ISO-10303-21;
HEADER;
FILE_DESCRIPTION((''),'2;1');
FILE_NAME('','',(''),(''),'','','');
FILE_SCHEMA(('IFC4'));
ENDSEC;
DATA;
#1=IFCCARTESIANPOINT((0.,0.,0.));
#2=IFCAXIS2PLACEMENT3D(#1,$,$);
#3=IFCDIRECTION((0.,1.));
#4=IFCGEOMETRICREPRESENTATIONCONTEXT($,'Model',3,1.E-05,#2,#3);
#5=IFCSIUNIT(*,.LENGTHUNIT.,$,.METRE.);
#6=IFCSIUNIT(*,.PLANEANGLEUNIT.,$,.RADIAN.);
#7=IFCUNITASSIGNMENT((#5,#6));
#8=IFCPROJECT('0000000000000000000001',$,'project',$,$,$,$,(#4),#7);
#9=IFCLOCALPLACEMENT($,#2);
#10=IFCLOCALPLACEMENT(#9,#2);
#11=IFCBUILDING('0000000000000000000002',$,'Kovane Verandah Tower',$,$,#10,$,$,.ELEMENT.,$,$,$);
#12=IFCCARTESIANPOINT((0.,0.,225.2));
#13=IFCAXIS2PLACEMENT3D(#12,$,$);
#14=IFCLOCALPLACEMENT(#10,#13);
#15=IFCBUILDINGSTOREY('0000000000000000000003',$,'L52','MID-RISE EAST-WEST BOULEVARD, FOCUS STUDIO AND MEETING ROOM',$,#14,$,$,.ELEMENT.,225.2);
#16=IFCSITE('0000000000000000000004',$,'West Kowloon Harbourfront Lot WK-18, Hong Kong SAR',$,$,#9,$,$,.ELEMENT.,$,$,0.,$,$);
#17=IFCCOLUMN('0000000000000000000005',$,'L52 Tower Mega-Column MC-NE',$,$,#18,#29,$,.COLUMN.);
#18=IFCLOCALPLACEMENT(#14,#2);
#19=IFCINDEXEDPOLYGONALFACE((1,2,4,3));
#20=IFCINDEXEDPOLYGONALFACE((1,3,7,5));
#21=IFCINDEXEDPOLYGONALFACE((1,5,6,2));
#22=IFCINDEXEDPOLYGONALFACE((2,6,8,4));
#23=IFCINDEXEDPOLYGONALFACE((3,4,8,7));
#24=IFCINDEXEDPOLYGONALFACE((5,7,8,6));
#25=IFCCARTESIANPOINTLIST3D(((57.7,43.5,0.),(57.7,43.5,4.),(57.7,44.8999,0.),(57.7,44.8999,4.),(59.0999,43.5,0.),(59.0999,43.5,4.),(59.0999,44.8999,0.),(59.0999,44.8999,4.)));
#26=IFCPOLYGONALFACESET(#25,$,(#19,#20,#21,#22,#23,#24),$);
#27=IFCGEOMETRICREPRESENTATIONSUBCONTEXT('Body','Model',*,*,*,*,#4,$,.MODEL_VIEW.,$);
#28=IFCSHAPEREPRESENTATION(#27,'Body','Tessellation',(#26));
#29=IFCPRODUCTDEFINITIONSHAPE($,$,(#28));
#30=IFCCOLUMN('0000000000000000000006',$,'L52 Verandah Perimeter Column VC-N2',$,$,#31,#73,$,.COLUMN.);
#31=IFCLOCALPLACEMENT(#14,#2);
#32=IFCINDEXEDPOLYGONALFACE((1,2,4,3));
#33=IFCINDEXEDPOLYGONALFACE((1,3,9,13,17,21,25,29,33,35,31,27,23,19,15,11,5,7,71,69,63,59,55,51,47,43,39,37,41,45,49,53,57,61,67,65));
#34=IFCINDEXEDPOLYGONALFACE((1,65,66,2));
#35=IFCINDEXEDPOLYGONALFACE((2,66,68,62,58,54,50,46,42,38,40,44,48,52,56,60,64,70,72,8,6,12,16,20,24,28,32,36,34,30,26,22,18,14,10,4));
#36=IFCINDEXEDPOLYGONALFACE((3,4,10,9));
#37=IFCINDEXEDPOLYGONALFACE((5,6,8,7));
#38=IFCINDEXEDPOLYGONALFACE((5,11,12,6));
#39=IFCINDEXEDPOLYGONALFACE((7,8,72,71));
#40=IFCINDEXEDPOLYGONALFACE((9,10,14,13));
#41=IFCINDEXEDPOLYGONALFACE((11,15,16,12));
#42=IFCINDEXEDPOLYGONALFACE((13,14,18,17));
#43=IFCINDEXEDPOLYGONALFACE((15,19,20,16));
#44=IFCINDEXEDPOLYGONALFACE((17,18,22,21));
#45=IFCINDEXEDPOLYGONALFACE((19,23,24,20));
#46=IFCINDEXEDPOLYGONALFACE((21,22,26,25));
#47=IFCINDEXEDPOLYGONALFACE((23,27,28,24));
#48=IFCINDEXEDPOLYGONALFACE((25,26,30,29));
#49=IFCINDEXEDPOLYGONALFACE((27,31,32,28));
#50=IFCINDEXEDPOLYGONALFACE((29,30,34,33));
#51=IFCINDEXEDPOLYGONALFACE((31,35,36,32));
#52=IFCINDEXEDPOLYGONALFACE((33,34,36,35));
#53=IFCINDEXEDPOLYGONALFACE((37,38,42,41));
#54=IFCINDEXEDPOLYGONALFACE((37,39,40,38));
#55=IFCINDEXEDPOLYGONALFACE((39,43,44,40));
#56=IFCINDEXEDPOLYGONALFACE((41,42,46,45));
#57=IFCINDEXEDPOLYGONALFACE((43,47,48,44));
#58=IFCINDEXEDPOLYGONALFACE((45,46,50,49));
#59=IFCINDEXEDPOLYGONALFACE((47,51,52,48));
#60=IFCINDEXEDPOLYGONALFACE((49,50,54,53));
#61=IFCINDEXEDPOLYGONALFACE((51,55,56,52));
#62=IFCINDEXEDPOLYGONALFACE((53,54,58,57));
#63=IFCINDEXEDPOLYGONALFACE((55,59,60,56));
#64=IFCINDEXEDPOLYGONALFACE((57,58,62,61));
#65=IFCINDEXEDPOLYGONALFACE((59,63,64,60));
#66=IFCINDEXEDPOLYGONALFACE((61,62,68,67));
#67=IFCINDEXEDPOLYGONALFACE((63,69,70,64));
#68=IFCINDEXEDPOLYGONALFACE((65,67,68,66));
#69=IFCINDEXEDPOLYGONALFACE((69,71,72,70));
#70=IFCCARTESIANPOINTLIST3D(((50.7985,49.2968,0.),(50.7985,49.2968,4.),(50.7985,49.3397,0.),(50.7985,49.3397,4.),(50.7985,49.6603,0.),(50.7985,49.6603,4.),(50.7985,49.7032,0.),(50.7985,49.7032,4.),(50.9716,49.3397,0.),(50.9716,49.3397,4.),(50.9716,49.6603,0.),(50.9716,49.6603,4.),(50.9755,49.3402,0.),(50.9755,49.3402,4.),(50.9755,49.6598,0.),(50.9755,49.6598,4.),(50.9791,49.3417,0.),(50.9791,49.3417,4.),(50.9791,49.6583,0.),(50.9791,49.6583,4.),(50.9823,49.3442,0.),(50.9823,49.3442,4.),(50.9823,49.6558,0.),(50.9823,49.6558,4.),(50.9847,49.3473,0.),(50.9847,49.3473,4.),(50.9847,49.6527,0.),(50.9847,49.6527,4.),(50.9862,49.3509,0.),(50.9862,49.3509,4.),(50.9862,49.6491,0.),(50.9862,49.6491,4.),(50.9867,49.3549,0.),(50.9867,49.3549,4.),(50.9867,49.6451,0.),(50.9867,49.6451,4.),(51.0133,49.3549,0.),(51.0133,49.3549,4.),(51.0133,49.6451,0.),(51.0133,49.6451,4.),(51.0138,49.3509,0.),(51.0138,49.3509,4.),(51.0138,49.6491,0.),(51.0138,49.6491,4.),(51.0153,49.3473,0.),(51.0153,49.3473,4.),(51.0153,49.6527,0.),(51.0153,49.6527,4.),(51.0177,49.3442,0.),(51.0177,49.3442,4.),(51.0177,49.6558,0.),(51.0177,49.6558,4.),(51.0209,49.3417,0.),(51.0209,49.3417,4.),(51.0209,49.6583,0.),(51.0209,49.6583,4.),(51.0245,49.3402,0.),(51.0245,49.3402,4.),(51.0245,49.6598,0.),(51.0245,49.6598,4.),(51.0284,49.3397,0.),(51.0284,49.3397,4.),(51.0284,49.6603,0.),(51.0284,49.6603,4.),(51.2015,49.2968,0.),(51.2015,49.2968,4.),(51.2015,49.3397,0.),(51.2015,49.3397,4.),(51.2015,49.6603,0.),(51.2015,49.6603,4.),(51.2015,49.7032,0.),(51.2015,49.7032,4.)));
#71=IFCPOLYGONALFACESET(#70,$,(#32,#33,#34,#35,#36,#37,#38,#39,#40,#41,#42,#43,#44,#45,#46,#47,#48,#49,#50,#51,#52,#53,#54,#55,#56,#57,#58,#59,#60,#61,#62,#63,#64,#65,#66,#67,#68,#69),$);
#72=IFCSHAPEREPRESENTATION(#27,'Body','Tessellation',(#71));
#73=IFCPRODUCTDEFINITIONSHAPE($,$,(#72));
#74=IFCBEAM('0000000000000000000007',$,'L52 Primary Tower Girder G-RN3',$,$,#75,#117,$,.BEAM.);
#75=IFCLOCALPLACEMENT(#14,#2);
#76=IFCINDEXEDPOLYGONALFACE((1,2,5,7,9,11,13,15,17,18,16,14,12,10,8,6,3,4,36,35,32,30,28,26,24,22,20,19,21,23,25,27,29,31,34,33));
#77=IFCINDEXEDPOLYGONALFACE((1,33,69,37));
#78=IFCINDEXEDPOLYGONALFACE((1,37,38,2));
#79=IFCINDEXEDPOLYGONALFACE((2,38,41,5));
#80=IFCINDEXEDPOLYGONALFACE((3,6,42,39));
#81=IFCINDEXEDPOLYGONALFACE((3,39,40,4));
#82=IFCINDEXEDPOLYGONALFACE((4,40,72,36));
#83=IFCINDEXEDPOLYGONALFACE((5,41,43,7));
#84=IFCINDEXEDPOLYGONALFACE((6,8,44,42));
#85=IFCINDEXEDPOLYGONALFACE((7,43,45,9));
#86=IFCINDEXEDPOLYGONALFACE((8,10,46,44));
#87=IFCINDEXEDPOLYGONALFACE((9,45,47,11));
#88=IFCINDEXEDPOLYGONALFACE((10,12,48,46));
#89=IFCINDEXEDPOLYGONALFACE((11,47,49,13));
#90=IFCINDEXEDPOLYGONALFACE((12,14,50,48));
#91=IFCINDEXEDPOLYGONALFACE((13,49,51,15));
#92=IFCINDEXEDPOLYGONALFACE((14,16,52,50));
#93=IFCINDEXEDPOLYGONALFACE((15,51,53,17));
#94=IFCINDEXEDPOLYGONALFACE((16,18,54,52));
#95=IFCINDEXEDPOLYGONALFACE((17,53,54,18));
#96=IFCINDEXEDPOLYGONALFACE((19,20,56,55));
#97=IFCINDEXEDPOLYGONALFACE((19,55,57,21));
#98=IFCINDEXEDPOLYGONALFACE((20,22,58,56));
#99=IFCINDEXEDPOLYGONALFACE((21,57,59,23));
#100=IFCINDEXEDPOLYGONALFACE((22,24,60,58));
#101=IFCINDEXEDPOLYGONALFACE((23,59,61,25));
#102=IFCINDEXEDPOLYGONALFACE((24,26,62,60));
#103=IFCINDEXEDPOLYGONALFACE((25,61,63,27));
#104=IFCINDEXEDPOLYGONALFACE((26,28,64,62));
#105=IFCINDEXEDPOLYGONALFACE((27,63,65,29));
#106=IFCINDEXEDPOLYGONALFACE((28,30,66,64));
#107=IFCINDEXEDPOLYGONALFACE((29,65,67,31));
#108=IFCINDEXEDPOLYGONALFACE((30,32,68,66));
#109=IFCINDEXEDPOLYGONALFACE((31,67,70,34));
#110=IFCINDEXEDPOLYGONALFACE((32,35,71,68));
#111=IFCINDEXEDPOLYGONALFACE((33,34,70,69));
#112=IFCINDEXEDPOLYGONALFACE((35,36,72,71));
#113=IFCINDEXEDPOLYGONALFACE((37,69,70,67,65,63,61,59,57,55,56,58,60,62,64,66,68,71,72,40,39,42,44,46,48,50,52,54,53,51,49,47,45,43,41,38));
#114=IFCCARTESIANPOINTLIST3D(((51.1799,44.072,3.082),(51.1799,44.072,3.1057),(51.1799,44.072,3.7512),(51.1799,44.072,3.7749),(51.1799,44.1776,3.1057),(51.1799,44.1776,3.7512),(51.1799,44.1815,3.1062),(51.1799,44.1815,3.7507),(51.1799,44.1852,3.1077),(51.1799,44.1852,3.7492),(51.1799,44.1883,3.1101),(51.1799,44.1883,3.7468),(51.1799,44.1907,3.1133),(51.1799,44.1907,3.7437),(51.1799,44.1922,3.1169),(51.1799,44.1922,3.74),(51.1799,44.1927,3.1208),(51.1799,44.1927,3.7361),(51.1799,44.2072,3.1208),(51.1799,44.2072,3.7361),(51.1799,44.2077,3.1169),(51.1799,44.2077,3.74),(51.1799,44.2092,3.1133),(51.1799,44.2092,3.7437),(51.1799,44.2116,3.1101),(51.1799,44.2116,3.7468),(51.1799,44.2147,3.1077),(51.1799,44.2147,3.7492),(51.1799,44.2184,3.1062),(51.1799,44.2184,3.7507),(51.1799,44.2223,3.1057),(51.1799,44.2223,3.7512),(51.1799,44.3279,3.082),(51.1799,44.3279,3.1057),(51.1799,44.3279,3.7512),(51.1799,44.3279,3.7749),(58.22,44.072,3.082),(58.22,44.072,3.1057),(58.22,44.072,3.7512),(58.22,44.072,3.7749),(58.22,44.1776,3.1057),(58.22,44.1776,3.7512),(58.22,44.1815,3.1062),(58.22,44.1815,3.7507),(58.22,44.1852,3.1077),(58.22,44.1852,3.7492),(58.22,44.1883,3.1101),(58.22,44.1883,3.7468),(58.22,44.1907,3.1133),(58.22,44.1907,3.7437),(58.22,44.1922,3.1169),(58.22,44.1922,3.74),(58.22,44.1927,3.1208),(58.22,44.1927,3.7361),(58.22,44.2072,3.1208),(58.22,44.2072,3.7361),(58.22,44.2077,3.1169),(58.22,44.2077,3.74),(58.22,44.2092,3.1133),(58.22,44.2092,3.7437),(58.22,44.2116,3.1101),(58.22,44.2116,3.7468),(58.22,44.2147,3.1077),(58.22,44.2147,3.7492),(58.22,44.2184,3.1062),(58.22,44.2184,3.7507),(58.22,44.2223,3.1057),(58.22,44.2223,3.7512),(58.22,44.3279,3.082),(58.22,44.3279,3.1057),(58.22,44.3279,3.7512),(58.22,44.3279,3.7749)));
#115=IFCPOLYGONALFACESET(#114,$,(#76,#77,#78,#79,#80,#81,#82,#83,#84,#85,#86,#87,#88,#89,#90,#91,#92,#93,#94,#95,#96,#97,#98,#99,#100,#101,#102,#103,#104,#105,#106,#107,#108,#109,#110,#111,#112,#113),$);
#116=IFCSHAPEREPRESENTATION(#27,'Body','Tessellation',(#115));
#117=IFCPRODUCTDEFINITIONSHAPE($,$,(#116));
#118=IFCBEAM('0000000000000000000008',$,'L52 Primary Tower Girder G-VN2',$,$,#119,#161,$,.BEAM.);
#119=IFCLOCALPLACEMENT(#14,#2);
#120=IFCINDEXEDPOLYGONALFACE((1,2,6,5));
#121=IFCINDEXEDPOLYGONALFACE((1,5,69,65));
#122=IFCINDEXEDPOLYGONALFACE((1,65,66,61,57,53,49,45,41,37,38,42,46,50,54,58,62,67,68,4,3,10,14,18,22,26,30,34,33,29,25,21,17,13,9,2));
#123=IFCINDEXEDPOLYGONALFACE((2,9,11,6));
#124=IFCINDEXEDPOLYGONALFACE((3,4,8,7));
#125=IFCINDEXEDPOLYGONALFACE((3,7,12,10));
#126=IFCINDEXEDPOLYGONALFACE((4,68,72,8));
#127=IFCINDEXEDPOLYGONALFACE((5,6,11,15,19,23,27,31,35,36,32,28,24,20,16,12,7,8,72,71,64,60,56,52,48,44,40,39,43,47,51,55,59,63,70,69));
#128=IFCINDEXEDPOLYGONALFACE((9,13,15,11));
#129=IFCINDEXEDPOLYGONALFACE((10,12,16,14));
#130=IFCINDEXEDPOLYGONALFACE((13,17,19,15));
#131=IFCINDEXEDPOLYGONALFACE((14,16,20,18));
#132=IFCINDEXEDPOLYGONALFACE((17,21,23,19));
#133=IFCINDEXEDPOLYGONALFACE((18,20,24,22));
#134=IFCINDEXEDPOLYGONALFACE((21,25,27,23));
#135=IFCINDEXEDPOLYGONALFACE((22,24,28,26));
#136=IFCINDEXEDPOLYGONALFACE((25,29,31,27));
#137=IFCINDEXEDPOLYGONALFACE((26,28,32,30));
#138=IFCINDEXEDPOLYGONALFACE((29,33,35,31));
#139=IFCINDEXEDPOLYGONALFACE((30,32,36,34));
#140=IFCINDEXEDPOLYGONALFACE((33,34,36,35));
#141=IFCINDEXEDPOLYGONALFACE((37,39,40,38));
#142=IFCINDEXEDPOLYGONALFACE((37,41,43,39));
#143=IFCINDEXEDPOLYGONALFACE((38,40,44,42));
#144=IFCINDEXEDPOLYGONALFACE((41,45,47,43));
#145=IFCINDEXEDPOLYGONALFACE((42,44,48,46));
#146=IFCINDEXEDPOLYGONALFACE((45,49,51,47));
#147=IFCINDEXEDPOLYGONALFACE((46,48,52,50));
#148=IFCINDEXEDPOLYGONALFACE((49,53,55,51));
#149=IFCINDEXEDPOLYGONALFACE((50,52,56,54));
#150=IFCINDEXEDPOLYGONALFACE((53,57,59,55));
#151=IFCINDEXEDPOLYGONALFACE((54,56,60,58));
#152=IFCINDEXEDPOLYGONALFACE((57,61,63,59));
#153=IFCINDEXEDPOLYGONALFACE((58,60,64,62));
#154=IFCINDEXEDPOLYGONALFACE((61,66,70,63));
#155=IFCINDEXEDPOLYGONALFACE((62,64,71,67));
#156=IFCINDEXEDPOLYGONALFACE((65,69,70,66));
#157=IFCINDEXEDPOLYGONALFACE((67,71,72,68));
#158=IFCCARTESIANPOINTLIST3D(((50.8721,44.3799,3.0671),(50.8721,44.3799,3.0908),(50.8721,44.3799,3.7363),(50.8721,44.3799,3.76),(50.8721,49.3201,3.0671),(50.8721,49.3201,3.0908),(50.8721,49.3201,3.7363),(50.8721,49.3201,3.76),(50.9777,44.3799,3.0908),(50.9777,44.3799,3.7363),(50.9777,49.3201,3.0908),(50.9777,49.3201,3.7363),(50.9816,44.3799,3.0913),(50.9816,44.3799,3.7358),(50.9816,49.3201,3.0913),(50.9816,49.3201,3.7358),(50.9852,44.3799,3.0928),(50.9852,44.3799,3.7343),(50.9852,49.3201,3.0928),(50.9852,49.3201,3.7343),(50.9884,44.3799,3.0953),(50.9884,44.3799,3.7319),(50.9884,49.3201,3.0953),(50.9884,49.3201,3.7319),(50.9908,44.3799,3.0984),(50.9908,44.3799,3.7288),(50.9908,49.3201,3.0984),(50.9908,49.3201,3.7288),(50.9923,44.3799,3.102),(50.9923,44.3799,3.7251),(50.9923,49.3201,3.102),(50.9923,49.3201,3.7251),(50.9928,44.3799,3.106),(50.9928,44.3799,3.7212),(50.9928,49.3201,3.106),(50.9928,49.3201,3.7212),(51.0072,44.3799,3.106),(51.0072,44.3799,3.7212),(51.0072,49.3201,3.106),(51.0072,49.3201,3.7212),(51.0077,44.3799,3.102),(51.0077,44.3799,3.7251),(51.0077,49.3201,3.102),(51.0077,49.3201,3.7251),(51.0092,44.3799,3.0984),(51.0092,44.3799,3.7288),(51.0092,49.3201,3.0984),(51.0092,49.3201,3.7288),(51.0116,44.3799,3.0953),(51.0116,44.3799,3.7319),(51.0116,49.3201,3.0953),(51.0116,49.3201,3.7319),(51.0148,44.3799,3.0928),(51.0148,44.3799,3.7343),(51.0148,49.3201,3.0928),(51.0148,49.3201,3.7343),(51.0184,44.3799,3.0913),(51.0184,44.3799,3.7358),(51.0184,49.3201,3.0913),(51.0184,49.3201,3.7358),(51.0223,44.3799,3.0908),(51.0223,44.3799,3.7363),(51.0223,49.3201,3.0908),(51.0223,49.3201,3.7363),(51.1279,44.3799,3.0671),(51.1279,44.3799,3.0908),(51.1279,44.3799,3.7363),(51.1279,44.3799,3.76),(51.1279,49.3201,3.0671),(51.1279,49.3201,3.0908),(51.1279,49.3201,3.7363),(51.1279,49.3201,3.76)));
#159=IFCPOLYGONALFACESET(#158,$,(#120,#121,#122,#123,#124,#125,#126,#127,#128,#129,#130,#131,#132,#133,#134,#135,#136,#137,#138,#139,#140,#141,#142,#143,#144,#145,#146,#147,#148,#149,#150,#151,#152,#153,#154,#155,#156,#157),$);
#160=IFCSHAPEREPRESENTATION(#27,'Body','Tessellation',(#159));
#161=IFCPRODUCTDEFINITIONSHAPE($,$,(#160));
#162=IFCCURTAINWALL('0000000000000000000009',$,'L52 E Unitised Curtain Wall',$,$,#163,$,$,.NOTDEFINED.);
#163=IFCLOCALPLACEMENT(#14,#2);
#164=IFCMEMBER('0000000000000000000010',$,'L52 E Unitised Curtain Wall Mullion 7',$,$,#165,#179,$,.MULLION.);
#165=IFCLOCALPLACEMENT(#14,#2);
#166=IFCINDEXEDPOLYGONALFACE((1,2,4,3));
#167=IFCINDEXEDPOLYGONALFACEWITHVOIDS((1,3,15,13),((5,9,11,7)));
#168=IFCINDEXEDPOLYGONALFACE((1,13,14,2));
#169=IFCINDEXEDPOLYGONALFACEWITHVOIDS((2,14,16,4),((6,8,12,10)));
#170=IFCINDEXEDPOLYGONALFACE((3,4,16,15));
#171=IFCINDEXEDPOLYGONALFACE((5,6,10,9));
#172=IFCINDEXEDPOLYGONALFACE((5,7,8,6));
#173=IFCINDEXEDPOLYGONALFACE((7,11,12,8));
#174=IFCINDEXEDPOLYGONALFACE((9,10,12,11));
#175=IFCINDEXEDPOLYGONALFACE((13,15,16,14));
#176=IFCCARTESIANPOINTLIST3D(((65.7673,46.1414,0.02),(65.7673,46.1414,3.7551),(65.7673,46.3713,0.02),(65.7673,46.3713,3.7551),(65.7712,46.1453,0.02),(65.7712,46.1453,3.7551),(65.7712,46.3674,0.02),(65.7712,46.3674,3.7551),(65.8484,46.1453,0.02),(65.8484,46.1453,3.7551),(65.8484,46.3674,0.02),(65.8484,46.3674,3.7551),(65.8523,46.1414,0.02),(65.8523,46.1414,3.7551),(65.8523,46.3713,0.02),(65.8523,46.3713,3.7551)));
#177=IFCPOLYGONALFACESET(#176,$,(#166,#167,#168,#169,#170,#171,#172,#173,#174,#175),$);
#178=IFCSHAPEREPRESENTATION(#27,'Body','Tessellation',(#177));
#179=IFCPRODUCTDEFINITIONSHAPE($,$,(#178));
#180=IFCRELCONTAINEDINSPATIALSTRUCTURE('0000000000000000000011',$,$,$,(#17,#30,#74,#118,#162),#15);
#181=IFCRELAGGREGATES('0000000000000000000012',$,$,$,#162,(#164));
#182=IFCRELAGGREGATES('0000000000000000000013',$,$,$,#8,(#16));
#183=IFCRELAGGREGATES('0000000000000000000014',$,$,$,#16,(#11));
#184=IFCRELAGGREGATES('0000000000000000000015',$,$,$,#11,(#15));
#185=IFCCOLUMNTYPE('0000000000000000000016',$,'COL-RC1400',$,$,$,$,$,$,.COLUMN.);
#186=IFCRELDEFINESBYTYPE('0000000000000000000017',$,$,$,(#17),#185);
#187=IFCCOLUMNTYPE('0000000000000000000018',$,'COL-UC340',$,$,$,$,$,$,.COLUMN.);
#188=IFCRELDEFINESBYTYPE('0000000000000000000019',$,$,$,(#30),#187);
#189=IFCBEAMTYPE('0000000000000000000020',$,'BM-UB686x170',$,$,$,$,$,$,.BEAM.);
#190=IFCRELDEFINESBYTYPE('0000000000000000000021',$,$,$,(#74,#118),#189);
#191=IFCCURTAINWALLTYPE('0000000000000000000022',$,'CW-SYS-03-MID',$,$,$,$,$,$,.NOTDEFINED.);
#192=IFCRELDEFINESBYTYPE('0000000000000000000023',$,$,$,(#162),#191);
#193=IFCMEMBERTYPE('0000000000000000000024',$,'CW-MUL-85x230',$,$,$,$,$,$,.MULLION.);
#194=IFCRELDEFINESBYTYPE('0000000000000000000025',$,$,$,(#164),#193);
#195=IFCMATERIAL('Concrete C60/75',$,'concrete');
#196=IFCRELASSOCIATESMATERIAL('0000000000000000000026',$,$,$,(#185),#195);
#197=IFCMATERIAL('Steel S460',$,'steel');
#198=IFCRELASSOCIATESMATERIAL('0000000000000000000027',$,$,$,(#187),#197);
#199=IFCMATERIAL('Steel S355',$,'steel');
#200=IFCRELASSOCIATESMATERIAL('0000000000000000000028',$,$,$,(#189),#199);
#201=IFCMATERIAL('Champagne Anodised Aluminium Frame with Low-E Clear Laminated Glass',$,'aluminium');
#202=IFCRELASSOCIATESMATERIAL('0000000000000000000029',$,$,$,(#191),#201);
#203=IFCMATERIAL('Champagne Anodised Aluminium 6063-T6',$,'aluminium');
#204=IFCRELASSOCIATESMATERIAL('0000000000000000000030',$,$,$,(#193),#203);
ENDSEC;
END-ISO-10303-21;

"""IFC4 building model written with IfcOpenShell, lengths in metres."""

from ifc_helpers import new_model, si_unit, direction, frame, origin, origin_2d, place, context, subcontext, project, spatial, rectangle, hollow_rectangle, i_section, extrude, material, material_profile, profile_set, type_object, element, aggregate, save


model = new_model("IFC4")

# Units and contexts
model_context = context("Model", 3, precision=1e-05, world=origin(), true_north=direction((0.0, 1.0)))
body_context = subcontext(model_context, "Body", "Model", "MODEL_VIEW")
ifc_project = project(units=[si_unit("LENGTHUNIT", "METRE"), si_unit("PLANEANGLEUNIT", "RADIAN")], contexts=[model_context])

# Site, building, storey
site_placement = place(None, origin())
site = spatial("IfcSite", under=ifc_project, at=site_placement, Name="West Kowloon Harbourfront Lot WK-18, Hong Kong SAR", CompositionType="ELEMENT", RefElevation=0.0)
building_placement = place(site_placement, origin())
building = spatial("IfcBuilding", under=site, at=building_placement, Name="Kovane Verandah Tower", CompositionType="ELEMENT")
storey_placement = place(building_placement, frame((0.0, 0.0, 225.2)))
storey = spatial("IfcBuildingStorey", under=building, at=storey_placement, Name="L52", Description="MID-RISE EAST-WEST BOULEVARD, FOCUS STUDIO AND MEETING ROOM", CompositionType="ELEMENT", Elevation=225.2)

# Columns
ifc_material_1 = material(Name="Concrete C60/75", Category="concrete")
ifc_material_profile_1 = material_profile(ifc_material_1, rectangle(XDim=1.3999, YDim=1.3999, at=origin_2d()), Name="RC1400x1400")
ifc_profile_set_1 = profile_set([ifc_material_profile_1], Name="Concrete C60/75")
column_type_1 = type_object("IfcColumnType", Name="COL-RC1400", PredefinedType="COLUMN", material=ifc_profile_set_1)
column_1_placement = place(storey_placement, frame((58.3999, 44.2, 0.0), z_axis=(0.0, 0.0, 1.0), x_axis=(1.0, 0.0, 0.0)))
element("IfcColumn", 1, at=column_1_placement, inside=storey, type_object=column_type_1, Name="L52 Tower Mega-Column MC-NE", PredefinedType="COLUMN", context=body_context, shape_type="SweptSolid", body=[
    extrude(rectangle(XDim=1.3999, YDim=1.3999, at=origin_2d()), origin(), (0.0, 0.0, 1.0), 4.0),
])
ifc_material_2 = material(Name="Steel S460", Category="steel")
ifc_material_profile_2 = material_profile(ifc_material_2, i_section(OverallWidth=0.4031, OverallDepth=0.4065, WebThickness=0.0266, FlangeThickness=0.043, FilletRadius=0.0151, at=origin_2d()), Name="UC356x406x340")
ifc_profile_set_2 = profile_set([ifc_material_profile_2], Name="Steel S460")
column_type_2 = type_object("IfcColumnType", Name="COL-UC340", PredefinedType="COLUMN", material=ifc_profile_set_2)
column_2_placement = place(storey_placement, frame((51.0, 49.5, 0.0), z_axis=(0.0, 0.0, 1.0), x_axis=(1.0, 0.0, 0.0)))
element("IfcColumn", 2, at=column_2_placement, inside=storey, type_object=column_type_2, Name="L52 Verandah Perimeter Column VC-N2", PredefinedType="COLUMN", context=body_context, shape_type="SweptSolid", body=[
    extrude(i_section(OverallWidth=0.4031, OverallDepth=0.4065, WebThickness=0.0266, FlangeThickness=0.043, FilletRadius=0.0151, at=origin_2d()), origin(), (0.0, 0.0, 1.0), 4.0),
])

# Beams
ifc_material_3 = material(Name="Steel S355", Category="steel")
ifc_material_profile_3 = material_profile(ifc_material_3, i_section(OverallWidth=0.2559, OverallDepth=0.6929, WebThickness=0.0144, FlangeThickness=0.0237, FilletRadius=0.0151, at=origin_2d()), Name="UB686x254x170")
ifc_profile_set_3 = profile_set([ifc_material_profile_3], Name="Steel S355")
beam_type = type_object("IfcBeamType", Name="BM-UB686x170", PredefinedType="BEAM", material=ifc_profile_set_3)
beam_1_placement = place(storey_placement, frame((51.1799, 44.2, 3.4285), z_axis=(1.0, 0.0, 0.0), x_axis=(0.0, 1.0, 0.0)))
element("IfcBeam", 3, at=beam_1_placement, inside=storey, type_object=beam_type, Name="L52 Primary Tower Girder G-RN3", PredefinedType="BEAM", context=body_context, shape_type="SweptSolid", body=[
    extrude(i_section(OverallWidth=0.2559, OverallDepth=0.6929, WebThickness=0.0144, FlangeThickness=0.0237, FilletRadius=0.0151, at=origin_2d()), origin(), (0.0, 0.0, 1.0), 7.04),
])
beam_2_placement = place(storey_placement, frame((51.0, 44.3799, 3.4136), z_axis=(0.0, 1.0, 0.0), x_axis=(-1.0, 0.0, 0.0)))
element("IfcBeam", 4, at=beam_2_placement, inside=storey, type_object=beam_type, Name="L52 Primary Tower Girder G-VN2", PredefinedType="BEAM", context=body_context, shape_type="SweptSolid", body=[
    extrude(i_section(OverallWidth=0.2559, OverallDepth=0.6929, WebThickness=0.0144, FlangeThickness=0.0237, FilletRadius=0.0151, at=origin_2d()), origin(), (0.0, 0.0, 1.0), 4.9402),
])

# Curtain wall, member
ifc_material_4 = material(Name="Champagne Anodised Aluminium Frame with Low-E Clear Laminated Glass", Category="aluminium")
curtain_wall_type = type_object("IfcCurtainWallType", Name="CW-SYS-03-MID", PredefinedType="NOTDEFINED", material=ifc_material_4)
curtain_wall_1_placement = place(storey_placement, origin())
curtain_wall_1 = element("IfcCurtainWall", 5, at=curtain_wall_1_placement, inside=storey, type_object=curtain_wall_type, Name="L52 E Unitised Curtain Wall", PredefinedType="NOTDEFINED")
ifc_material_5 = material(Name="Champagne Anodised Aluminium 6063-T6", Category="aluminium")
ifc_material_profile_4 = material_profile(ifc_material_5, hollow_rectangle(XDim=0.085, YDim=0.23, WallThickness=0.0039, at=origin_2d()), Name="AL85x230x4")
ifc_profile_set_4 = profile_set([ifc_material_profile_4], Name="Champagne Anodised Aluminium 6063-T6")
member_type_1 = type_object("IfcMemberType", Name="CW-MUL-85x230", PredefinedType="MULLION", material=ifc_profile_set_4)
member_1_placement = place(storey_placement, frame((65.8098, 46.2563, 0.02), z_axis=(0.0, 0.0, 1.0), x_axis=(1.0, 0.0, 0.0)))
member_1 = element("IfcMember", 6, at=member_1_placement, type_object=member_type_1, Name="L52 E Unitised Curtain Wall Mullion 7", PredefinedType="MULLION", context=body_context, shape_type="SweptSolid", body=[
    extrude(hollow_rectangle(XDim=0.085, YDim=0.23, WallThickness=0.0039, at=origin_2d()), origin(), (0.0, 0.0, 1.0), 3.7351),
])

aggregate(curtain_wall_1, [member_1])

save(model, "model.ifc")
